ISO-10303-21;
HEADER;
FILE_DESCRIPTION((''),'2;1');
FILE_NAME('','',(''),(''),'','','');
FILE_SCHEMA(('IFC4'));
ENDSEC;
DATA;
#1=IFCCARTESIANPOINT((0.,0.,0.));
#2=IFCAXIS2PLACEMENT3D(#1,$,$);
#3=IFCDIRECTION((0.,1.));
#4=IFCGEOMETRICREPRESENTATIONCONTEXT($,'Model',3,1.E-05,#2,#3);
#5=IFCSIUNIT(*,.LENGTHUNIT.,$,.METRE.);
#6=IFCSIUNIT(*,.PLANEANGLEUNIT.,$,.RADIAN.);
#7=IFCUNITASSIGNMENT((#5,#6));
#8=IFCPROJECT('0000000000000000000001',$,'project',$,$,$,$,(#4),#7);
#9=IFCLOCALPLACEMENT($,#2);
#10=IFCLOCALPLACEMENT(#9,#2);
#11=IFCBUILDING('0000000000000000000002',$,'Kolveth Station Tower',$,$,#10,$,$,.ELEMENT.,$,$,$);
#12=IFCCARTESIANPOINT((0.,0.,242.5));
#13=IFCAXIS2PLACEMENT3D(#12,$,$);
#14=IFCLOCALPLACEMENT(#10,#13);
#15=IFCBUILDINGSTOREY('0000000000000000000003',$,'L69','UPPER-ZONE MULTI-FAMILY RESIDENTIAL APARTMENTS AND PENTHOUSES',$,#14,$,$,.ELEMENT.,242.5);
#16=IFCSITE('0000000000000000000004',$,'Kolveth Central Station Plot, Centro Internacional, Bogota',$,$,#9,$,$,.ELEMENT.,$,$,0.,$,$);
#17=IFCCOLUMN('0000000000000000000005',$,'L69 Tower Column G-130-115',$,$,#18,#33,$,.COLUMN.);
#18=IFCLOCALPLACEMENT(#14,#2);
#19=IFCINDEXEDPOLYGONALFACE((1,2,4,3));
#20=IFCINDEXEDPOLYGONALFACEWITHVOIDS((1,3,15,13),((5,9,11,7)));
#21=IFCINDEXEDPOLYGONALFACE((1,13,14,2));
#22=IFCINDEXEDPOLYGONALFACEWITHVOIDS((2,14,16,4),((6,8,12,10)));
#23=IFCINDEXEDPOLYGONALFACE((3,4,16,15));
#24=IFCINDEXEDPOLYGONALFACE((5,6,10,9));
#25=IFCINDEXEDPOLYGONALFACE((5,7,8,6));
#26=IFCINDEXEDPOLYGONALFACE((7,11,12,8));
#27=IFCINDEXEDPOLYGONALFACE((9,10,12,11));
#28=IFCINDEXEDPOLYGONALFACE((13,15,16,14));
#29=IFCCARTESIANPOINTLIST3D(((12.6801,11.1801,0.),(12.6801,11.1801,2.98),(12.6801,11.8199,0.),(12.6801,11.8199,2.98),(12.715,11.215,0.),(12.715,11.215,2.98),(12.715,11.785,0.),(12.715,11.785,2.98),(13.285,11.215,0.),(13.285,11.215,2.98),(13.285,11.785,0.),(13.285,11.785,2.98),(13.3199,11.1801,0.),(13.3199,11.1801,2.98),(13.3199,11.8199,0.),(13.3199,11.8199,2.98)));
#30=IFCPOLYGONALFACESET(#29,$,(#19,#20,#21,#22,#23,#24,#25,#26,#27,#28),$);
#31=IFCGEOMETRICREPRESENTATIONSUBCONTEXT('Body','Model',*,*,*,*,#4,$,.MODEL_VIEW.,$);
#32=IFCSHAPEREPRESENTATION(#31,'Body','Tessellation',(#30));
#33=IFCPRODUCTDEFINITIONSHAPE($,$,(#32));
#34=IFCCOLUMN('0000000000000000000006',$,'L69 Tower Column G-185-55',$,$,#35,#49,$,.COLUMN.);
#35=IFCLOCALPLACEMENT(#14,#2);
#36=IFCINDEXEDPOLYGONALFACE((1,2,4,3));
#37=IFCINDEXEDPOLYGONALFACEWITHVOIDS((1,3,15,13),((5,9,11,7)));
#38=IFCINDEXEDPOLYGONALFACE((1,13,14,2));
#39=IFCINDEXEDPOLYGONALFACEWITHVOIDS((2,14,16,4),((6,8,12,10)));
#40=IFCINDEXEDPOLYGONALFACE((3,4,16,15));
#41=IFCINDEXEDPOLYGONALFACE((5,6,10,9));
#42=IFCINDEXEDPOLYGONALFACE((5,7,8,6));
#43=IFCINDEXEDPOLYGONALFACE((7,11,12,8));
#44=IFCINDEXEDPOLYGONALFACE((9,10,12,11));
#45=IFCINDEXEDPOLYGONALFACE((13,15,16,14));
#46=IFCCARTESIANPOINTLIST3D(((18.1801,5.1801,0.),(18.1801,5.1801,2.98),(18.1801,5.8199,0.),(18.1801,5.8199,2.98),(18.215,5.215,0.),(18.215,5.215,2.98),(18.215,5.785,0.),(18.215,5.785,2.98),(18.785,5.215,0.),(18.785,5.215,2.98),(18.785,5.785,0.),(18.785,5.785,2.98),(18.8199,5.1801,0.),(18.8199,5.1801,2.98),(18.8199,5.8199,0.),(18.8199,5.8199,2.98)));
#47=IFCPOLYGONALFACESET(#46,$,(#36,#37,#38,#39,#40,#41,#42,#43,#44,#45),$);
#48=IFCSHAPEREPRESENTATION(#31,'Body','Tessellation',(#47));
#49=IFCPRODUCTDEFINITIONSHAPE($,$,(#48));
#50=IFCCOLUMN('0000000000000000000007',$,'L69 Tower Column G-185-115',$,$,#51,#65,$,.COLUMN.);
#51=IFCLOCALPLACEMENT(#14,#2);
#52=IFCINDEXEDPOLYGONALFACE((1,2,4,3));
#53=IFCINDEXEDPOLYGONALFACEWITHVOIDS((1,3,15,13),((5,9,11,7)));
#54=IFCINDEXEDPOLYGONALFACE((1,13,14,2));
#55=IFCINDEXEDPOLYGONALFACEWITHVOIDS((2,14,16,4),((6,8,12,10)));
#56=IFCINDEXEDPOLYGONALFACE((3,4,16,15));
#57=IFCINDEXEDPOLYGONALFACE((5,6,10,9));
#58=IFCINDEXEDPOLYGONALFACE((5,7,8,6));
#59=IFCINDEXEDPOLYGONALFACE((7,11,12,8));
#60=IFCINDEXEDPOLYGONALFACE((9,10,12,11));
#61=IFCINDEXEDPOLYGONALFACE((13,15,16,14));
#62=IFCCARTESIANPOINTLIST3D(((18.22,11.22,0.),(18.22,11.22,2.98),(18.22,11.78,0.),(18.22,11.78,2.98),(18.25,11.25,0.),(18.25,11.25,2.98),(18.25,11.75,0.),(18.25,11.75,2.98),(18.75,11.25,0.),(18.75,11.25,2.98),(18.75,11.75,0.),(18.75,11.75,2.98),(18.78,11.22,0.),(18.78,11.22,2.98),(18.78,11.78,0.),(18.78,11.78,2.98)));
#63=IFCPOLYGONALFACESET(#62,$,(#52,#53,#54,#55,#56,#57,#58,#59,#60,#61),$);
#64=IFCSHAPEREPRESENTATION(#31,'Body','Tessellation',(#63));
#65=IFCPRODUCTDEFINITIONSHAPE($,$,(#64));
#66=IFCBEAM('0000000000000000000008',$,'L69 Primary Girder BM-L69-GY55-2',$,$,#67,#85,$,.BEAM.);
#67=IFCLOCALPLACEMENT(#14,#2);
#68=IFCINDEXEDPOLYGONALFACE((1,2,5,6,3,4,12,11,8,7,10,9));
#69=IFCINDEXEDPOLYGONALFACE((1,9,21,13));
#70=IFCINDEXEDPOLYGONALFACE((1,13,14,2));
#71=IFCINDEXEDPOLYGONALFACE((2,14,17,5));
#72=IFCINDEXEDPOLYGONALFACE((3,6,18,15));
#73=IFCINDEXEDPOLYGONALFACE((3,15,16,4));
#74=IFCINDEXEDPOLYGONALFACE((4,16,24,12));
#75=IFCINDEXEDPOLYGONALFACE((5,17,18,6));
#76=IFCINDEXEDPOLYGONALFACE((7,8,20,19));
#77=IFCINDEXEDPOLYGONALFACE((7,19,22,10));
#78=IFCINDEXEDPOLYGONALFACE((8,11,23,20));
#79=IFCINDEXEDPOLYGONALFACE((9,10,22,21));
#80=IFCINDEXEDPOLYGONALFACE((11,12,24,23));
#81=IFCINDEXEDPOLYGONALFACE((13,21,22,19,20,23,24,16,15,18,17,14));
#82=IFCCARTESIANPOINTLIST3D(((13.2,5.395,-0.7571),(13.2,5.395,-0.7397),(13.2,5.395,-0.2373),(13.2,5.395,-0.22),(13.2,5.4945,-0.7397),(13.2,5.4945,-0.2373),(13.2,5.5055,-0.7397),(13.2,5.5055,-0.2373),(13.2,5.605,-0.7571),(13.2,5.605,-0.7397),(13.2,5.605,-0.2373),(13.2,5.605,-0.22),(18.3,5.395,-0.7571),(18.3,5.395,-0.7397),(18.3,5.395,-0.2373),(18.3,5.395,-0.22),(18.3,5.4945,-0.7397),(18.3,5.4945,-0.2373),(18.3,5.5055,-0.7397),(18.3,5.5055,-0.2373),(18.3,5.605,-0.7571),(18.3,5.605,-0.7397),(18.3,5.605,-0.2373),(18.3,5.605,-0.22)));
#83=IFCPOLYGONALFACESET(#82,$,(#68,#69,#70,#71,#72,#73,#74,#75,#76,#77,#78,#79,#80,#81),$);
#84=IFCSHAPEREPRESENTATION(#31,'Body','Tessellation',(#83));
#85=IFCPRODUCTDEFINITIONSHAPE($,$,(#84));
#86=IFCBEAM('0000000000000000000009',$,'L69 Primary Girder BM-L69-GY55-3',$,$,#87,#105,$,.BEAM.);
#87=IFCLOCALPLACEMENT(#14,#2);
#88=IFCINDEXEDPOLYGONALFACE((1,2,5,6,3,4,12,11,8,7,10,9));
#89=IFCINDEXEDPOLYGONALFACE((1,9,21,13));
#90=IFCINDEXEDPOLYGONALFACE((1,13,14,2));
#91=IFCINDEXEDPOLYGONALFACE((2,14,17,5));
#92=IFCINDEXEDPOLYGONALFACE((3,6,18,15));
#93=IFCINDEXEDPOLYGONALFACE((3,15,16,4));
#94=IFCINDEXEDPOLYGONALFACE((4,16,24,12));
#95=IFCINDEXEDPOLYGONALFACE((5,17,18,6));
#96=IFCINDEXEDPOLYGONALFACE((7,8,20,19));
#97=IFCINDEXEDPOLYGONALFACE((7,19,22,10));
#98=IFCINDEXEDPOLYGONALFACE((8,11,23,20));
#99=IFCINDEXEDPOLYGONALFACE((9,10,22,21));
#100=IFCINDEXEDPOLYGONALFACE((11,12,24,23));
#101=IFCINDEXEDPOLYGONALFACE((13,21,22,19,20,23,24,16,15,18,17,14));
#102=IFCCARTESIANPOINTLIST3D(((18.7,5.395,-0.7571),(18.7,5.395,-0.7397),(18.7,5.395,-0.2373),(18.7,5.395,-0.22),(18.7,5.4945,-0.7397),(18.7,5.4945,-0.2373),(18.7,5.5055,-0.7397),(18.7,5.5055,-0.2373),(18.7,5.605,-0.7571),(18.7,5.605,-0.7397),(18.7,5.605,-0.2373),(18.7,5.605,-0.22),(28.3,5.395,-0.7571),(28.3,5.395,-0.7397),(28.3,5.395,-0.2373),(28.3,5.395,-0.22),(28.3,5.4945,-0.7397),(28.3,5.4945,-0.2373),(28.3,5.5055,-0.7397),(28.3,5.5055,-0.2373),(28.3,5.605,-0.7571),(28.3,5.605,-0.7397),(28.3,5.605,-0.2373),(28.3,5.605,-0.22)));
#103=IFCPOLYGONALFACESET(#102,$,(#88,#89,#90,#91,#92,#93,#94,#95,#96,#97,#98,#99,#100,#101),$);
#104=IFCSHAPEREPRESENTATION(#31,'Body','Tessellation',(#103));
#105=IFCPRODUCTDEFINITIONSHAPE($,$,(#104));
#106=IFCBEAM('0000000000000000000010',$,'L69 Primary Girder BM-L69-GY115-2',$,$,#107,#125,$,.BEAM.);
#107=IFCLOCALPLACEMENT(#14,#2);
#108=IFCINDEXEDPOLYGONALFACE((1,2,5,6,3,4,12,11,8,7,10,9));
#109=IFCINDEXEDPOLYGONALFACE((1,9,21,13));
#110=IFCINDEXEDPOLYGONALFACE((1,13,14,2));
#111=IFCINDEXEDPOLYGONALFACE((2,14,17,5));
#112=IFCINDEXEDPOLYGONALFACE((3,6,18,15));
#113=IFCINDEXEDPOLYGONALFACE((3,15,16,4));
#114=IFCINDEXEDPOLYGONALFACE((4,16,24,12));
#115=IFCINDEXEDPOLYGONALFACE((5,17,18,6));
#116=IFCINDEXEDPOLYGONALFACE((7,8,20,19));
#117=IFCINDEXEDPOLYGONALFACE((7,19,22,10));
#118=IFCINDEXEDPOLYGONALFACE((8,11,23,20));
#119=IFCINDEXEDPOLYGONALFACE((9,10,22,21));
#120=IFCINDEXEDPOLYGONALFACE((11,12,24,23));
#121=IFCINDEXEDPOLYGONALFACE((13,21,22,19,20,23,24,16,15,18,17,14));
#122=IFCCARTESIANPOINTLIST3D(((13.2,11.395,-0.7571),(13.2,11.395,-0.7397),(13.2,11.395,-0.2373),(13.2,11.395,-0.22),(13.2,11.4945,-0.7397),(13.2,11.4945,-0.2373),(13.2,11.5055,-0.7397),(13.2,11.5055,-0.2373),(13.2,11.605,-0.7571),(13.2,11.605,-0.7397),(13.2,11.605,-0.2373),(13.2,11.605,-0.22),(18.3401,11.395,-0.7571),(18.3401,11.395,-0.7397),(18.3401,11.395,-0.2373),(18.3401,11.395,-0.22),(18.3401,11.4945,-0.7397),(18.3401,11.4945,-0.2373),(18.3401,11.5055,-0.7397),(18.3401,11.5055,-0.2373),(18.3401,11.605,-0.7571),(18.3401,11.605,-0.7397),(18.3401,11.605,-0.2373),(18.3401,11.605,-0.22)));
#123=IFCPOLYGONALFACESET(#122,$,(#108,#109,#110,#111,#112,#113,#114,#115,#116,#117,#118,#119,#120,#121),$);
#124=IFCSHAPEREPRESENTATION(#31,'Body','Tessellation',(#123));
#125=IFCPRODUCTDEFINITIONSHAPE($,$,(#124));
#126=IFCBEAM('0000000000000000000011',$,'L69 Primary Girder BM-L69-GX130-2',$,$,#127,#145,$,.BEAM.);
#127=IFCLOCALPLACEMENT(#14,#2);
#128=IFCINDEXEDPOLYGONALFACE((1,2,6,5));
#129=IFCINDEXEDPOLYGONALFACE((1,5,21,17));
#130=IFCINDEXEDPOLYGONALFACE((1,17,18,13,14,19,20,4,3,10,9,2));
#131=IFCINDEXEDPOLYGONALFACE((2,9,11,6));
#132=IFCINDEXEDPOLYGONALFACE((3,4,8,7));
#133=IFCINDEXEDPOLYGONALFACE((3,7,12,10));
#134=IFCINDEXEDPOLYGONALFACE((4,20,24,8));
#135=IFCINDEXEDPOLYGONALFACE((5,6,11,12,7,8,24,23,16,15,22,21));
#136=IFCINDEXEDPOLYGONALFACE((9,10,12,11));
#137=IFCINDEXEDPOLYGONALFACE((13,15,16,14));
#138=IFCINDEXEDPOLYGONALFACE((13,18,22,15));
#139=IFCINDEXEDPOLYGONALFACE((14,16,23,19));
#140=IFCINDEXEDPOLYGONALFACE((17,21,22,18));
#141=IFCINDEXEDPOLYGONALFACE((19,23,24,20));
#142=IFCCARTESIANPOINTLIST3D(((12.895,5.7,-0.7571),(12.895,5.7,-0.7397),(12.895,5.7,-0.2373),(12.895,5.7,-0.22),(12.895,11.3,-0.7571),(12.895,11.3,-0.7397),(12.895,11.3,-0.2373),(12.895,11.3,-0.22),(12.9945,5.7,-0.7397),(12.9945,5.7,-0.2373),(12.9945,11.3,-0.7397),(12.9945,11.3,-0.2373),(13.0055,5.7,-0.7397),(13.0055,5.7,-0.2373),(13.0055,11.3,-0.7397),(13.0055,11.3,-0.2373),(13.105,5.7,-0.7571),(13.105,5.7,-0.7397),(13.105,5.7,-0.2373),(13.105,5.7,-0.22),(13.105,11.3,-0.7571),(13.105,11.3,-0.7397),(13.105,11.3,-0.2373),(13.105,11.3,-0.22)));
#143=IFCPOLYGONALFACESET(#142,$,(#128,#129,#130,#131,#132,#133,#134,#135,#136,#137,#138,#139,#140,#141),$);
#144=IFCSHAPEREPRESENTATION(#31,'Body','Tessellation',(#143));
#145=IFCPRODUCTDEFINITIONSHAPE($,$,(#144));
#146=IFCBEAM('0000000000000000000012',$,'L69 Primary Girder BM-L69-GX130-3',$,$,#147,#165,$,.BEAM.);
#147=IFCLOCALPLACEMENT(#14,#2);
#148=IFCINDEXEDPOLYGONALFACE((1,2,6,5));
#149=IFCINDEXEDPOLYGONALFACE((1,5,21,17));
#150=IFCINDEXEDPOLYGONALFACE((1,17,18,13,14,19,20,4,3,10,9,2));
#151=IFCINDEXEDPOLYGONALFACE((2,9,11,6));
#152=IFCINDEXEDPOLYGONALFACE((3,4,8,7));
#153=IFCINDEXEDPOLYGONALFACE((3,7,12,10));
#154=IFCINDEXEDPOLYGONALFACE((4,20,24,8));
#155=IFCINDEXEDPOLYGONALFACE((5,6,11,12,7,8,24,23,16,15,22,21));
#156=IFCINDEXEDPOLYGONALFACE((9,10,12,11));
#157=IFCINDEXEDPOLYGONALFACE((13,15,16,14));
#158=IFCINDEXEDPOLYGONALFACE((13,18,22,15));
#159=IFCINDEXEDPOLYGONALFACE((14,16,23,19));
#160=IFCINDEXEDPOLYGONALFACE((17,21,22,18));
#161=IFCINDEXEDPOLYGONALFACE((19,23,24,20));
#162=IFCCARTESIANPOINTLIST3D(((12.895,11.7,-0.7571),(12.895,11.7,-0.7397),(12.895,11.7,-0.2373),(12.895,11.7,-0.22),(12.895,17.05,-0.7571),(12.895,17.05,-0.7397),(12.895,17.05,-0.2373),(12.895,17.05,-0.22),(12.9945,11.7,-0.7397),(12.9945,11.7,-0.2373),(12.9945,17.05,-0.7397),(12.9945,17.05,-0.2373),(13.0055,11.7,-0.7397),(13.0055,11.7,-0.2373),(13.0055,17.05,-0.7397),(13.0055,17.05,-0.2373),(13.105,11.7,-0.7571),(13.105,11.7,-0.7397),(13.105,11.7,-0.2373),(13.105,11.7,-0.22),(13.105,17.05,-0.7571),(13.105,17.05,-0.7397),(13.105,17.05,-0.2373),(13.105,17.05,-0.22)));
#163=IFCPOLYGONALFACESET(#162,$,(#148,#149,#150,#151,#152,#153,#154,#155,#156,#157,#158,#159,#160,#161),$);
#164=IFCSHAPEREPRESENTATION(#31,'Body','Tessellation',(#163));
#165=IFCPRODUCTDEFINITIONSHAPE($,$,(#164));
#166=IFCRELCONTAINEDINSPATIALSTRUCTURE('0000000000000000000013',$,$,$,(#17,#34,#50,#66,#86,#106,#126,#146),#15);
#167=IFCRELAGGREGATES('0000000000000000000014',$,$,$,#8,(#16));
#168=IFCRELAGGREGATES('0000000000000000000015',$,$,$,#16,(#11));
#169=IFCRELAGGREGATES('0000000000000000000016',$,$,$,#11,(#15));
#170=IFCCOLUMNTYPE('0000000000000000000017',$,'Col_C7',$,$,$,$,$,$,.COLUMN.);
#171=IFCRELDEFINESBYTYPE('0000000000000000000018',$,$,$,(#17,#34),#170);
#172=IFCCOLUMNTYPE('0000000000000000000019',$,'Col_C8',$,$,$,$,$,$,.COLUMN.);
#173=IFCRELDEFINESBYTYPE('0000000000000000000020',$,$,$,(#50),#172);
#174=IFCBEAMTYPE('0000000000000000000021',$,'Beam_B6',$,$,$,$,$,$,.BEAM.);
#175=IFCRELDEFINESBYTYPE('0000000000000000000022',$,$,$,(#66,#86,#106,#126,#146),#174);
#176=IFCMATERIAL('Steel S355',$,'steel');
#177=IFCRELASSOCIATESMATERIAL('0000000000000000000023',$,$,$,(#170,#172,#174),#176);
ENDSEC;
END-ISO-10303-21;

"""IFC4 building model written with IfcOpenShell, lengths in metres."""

from ifc_helpers import new_model, si_unit, direction, frame, origin, origin_2d, place, context, subcontext, project, spatial, hollow_rectangle, i_section, extrude, source, transform, mapped, material, material_profile, profile_set, type_object, element, save


model = new_model("IFC4")

# Units and contexts
model_context = context("Model", 3, precision=1e-05, world=origin(), true_north=direction((0.0, 1.0)))
body_context = subcontext(model_context, "Body", "Model", "MODEL_VIEW")
ifc_project = project(units=[si_unit("LENGTHUNIT", "METRE"), si_unit("PLANEANGLEUNIT", "RADIAN")], contexts=[model_context])

# Site, building, storey
site_placement = place(None, origin())
site = spatial("IfcSite", under=ifc_project, at=site_placement, Name="Kolveth Central Station Plot, Centro Internacional, Bogota", CompositionType="ELEMENT", RefElevation=0.0)
building_placement = place(site_placement, origin())
building = spatial("IfcBuilding", under=site, at=building_placement, Name="Kolveth Station Tower", CompositionType="ELEMENT")
storey_placement = place(building_placement, frame((0.0, 0.0, 242.5)))
storey = spatial("IfcBuildingStorey", under=building, at=storey_placement, Name="L69", Description="UPPER-ZONE MULTI-FAMILY RESIDENTIAL APARTMENTS AND PENTHOUSES", CompositionType="ELEMENT", Elevation=242.5)

# Columns
ifc_material_1 = material(Name="Steel S355", Category="steel")
ifc_material_profile_1 = material_profile(ifc_material_1, hollow_rectangle(XDim=0.6399, YDim=0.6399, WallThickness=0.0349, at=origin_2d()), Name="BOX640x640x35")
ifc_profile_set_1 = profile_set([ifc_material_profile_1], Name="Steel S355")
column_type_1 = type_object("IfcColumnType", Name="Col_C7", PredefinedType="COLUMN", material=ifc_profile_set_1)
shared_shape_1 = source(origin(), body_context, "Body", "SweptSolid", [
    extrude(hollow_rectangle(XDim=0.6399, YDim=0.6399, WallThickness=0.0349, at=origin_2d()), origin(), (0.0, 0.0, 1.0), 2.98),
])
for number, where, z_axis, x_axis, name in (
    (1, (13.0, 11.5, 0.0), (0.0, 0.0, 1.0), (1.0, 0.0, 0.0), "L69 Tower Column G-130-115"),
    (2, (18.5, 5.5, 0.0), (0.0, 0.0, 1.0), (1.0, 0.0, 0.0), "L69 Tower Column G-185-55"),
):
    element("IfcColumn", number, at=place(storey_placement, frame(where, z_axis=z_axis, x_axis=x_axis)), inside=storey, type_object=column_type_1, Name=name, PredefinedType="COLUMN", context=body_context, shape_type="MappedRepresentation", body=[
        mapped(shared_shape_1, transform((0.0, 0.0, 0.0), x_axis=(1.0, 0.0, 0.0), y_axis=(0.0, 1.0, 0.0), z_axis=(0.0, 0.0, 1.0), scale=1.0)),
    ])
ifc_material_profile_2 = material_profile(ifc_material_1, hollow_rectangle(XDim=0.5601, YDim=0.5601, WallThickness=0.03, at=origin_2d()), Name="BOX560x560x30")
ifc_profile_set_2 = profile_set([ifc_material_profile_2], Name="Steel S355")
column_type_2 = type_object("IfcColumnType", Name="Col_C8", PredefinedType="COLUMN", material=ifc_profile_set_2)
shared_shape_2 = source(origin(), body_context, "Body", "SweptSolid", [
    extrude(hollow_rectangle(XDim=0.5601, YDim=0.5601, WallThickness=0.03, at=origin_2d()), origin(), (0.0, 0.0, 1.0), 2.98),
])
column_placement = place(storey_placement, frame((18.5, 11.5, 0.0), z_axis=(0.0, 0.0, 1.0), x_axis=(1.0, 0.0, 0.0)))
element("IfcColumn", 3, at=column_placement, inside=storey, type_object=column_type_2, Name="L69 Tower Column G-185-115", PredefinedType="COLUMN", context=body_context, shape_type="MappedRepresentation", body=[
    mapped(shared_shape_2, transform((0.0, 0.0, 0.0), x_axis=(1.0, 0.0, 0.0), y_axis=(0.0, 1.0, 0.0), z_axis=(0.0, 0.0, 1.0), scale=1.0)),
])

# Beams
ifc_material_profile_3 = material_profile(ifc_material_1, i_section(OverallWidth=0.21, OverallDepth=0.5371, WebThickness=0.011, FlangeThickness=0.0173, at=origin_2d()), Name="W530x101")
ifc_profile_set_3 = profile_set([ifc_material_profile_3], Name="Steel S355")
beam_type_1 = type_object("IfcBeamType", Name="Beam_B6", PredefinedType="BEAM", material=ifc_profile_set_3)
shared_shape_3 = source(origin(), body_context, "Body", "SweptSolid", [
    extrude(i_section(OverallWidth=0.21, OverallDepth=0.5371, WebThickness=0.011, FlangeThickness=0.0173, at=origin_2d()), origin(), (0.0, 0.0, 1.0), 5.1001),
])
beam_1_placement = place(storey_placement, frame((13.2, 5.5, -0.4885), z_axis=(1.0, 0.0, 0.0), x_axis=(0.0, 1.0, 0.0)))
element("IfcBeam", 4, at=beam_1_placement, inside=storey, type_object=beam_type_1, Name="L69 Primary Girder BM-L69-GY55-2", PredefinedType="BEAM", context=body_context, shape_type="MappedRepresentation", body=[
    mapped(shared_shape_3, transform((0.0, 0.0, 0.0), x_axis=(1.0, 0.0, 0.0), y_axis=(0.0, 1.0, 0.0), z_axis=(0.0, 0.0, 1.0), scale=1.0)),
])
shared_shape_4 = source(origin(), body_context, "Body", "SweptSolid", [
    extrude(i_section(OverallWidth=0.21, OverallDepth=0.5371, WebThickness=0.011, FlangeThickness=0.0173, at=origin_2d()), origin(), (0.0, 0.0, 1.0), 9.6001),
])
beam_2_placement = place(storey_placement, frame((18.7, 5.5, -0.4885), z_axis=(1.0, 0.0, 0.0), x_axis=(0.0, 1.0, 0.0)))
element("IfcBeam", 5, at=beam_2_placement, inside=storey, type_object=beam_type_1, Name="L69 Primary Girder BM-L69-GY55-3", PredefinedType="BEAM", context=body_context, shape_type="MappedRepresentation", body=[
    mapped(shared_shape_4, transform((0.0, 0.0, 0.0), x_axis=(1.0, 0.0, 0.0), y_axis=(0.0, 1.0, 0.0), z_axis=(0.0, 0.0, 1.0), scale=1.0)),
])
shared_shape_5 = source(origin(), body_context, "Body", "SweptSolid", [
    extrude(i_section(OverallWidth=0.21, OverallDepth=0.5371, WebThickness=0.011, FlangeThickness=0.0173, at=origin_2d()), origin(), (0.0, 0.0, 1.0), 5.1401),
])
beam_3_placement = place(storey_placement, frame((13.2, 11.5, -0.4885), z_axis=(1.0, 0.0, 0.0), x_axis=(0.0, 1.0, 0.0)))
element("IfcBeam", 6, at=beam_3_placement, inside=storey, type_object=beam_type_1, Name="L69 Primary Girder BM-L69-GY115-2", PredefinedType="BEAM", context=body_context, shape_type="MappedRepresentation", body=[
    mapped(shared_shape_5, transform((0.0, 0.0, 0.0), x_axis=(1.0, 0.0, 0.0), y_axis=(0.0, 1.0, 0.0), z_axis=(0.0, 0.0, 1.0), scale=1.0)),
])
shared_shape_6 = source(origin(), body_context, "Body", "SweptSolid", [
    extrude(i_section(OverallWidth=0.21, OverallDepth=0.5371, WebThickness=0.011, FlangeThickness=0.0173, at=origin_2d()), origin(), (0.0, 0.0, 1.0), 5.6001),
])
beam_4_placement = place(storey_placement, frame((13.0, 5.7, -0.4885), z_axis=(0.0, 1.0, 0.0), x_axis=(-1.0, 0.0, 0.0)))
element("IfcBeam", 7, at=beam_4_placement, inside=storey, type_object=beam_type_1, Name="L69 Primary Girder BM-L69-GX130-2", PredefinedType="BEAM", context=body_context, shape_type="MappedRepresentation", body=[
    mapped(shared_shape_6, transform((0.0, 0.0, 0.0), x_axis=(1.0, 0.0, 0.0), y_axis=(0.0, 1.0, 0.0), z_axis=(0.0, 0.0, 1.0), scale=1.0)),
])
shared_shape_7 = source(origin(), body_context, "Body", "SweptSolid", [
    extrude(i_section(OverallWidth=0.21, OverallDepth=0.5371, WebThickness=0.011, FlangeThickness=0.0173, at=origin_2d()), origin(), (0.0, 0.0, 1.0), 5.3501),
])
beam_5_placement = place(storey_placement, frame((13.0, 11.7, -0.4885), z_axis=(0.0, 1.0, 0.0), x_axis=(-1.0, 0.0, 0.0)))
element("IfcBeam", 8, at=beam_5_placement, inside=storey, type_object=beam_type_1, Name="L69 Primary Girder BM-L69-GX130-3", PredefinedType="BEAM", context=body_context, shape_type="MappedRepresentation", body=[
    mapped(shared_shape_7, transform((0.0, 0.0, 0.0), x_axis=(1.0, 0.0, 0.0), y_axis=(0.0, 1.0, 0.0), z_axis=(0.0, 0.0, 1.0), scale=1.0)),
])

save(model, "model.ifc")
